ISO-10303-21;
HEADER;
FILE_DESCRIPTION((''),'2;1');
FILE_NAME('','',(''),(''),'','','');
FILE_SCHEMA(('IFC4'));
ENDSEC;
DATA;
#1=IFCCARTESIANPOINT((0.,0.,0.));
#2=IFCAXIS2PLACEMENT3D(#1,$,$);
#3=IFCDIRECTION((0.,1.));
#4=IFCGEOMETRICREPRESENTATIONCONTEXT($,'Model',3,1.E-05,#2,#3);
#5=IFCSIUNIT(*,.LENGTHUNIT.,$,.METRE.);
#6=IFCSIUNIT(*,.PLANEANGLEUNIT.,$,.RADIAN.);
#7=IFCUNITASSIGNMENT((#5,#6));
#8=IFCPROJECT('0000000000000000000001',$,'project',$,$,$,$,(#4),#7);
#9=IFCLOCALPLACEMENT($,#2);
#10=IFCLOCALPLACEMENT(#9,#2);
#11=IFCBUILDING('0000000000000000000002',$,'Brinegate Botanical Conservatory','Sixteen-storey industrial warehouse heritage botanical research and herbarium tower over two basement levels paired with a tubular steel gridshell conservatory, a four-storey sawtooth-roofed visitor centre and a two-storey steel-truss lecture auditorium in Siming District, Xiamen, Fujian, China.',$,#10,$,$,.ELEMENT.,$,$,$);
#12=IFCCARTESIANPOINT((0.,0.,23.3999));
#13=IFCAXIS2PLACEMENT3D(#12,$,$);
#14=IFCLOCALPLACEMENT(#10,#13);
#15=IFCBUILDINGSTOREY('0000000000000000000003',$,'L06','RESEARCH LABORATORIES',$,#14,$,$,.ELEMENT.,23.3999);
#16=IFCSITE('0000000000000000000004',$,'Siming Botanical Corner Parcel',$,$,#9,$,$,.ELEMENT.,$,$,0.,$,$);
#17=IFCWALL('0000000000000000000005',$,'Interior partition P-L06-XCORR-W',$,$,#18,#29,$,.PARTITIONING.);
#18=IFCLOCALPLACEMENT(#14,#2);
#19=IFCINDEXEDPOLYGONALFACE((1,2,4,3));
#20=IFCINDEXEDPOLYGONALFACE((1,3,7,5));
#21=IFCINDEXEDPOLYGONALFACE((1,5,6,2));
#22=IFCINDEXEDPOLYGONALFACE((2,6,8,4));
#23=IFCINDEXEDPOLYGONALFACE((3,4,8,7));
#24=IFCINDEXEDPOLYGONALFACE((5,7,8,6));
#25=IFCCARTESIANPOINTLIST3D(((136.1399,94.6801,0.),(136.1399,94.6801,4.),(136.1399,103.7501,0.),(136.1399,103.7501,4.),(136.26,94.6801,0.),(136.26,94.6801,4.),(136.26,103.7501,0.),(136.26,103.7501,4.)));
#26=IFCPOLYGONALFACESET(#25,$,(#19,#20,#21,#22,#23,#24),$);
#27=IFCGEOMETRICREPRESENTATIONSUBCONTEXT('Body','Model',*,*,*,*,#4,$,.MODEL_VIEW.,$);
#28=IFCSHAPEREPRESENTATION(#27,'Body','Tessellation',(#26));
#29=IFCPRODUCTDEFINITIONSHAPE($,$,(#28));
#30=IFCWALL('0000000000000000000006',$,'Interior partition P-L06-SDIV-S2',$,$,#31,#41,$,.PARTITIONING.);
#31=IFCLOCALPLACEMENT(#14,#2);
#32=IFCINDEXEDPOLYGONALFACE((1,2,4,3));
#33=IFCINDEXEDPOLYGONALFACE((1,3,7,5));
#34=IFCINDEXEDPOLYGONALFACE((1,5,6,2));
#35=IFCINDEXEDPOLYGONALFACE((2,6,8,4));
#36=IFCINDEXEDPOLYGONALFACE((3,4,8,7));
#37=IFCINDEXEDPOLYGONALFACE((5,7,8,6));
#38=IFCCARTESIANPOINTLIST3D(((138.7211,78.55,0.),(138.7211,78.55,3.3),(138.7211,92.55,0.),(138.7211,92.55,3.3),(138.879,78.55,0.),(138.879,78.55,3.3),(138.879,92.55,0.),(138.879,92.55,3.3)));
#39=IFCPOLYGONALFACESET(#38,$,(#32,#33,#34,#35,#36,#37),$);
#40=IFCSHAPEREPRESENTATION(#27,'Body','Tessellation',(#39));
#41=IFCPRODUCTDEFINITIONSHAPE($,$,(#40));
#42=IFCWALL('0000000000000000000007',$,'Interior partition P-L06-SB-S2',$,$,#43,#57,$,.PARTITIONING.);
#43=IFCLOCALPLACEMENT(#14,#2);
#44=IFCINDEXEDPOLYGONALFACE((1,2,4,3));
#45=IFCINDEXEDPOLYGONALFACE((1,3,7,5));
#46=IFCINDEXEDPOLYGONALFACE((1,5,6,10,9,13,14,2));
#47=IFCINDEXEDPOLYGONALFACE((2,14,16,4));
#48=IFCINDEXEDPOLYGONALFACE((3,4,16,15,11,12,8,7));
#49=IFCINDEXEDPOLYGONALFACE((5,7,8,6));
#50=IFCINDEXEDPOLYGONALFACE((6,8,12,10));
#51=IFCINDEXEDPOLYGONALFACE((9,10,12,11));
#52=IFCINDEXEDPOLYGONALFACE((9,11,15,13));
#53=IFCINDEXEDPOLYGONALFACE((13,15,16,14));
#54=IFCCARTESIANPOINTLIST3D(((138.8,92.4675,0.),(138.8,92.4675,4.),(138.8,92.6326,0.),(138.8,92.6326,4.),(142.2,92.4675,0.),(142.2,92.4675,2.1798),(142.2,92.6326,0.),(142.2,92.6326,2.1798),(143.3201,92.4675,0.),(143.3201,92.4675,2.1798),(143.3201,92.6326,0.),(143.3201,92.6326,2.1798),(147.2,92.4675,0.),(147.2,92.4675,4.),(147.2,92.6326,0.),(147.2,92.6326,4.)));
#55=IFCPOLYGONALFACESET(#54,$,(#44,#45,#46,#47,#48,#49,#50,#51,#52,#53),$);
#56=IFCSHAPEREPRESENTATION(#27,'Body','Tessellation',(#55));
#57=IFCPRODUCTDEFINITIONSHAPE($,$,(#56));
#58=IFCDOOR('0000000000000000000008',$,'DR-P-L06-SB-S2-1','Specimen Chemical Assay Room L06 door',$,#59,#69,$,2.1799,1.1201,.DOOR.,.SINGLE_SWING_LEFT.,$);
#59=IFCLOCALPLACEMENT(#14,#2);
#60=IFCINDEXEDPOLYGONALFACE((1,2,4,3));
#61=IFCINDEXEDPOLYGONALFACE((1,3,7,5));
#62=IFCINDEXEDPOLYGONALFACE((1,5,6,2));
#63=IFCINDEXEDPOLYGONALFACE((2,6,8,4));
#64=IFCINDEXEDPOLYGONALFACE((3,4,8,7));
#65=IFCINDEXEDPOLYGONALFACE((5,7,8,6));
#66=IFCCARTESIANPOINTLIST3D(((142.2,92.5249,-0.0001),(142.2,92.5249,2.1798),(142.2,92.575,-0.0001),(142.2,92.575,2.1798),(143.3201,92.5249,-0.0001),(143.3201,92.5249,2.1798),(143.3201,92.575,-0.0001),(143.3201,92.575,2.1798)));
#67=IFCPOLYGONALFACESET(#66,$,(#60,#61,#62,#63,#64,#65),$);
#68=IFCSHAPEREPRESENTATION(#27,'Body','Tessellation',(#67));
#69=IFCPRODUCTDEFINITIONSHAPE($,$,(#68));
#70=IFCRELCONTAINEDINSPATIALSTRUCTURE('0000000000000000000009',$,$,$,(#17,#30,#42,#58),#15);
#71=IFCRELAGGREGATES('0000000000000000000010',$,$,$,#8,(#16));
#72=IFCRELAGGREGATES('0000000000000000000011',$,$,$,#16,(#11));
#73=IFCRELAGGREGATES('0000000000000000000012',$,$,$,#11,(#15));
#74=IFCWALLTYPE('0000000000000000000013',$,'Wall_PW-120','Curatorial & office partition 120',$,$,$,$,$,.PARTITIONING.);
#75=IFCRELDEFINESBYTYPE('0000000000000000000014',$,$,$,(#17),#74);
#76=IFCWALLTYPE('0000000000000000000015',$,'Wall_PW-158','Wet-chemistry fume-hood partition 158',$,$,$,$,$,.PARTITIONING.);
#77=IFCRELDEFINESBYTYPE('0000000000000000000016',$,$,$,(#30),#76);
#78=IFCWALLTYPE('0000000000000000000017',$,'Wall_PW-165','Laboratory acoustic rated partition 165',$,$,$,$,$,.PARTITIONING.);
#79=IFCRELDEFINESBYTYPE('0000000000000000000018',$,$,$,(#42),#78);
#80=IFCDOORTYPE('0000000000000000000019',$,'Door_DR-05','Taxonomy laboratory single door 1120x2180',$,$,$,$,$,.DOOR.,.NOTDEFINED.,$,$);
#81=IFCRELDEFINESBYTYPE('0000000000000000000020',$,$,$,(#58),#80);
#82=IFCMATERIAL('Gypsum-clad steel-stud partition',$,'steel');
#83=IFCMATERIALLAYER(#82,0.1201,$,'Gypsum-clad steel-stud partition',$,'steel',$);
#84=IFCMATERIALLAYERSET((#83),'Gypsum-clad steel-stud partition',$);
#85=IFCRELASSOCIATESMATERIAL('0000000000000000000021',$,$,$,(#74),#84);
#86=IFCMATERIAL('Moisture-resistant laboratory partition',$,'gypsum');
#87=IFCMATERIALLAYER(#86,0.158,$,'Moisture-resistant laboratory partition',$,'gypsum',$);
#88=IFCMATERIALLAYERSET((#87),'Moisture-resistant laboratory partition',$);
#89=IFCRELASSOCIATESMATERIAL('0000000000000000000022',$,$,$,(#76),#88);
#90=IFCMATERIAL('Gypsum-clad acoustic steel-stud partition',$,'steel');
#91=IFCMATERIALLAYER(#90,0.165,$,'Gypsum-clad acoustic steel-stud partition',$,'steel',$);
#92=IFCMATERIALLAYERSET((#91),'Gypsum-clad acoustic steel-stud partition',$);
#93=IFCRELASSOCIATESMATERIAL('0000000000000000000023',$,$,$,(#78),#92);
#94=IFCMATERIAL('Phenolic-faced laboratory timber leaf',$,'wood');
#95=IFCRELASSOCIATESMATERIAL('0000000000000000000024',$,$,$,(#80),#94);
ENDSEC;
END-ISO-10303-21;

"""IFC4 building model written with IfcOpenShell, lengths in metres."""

from ifc_helpers import new_model, si_unit, direction, frame, frame_2d, origin, place, context, subcontext, project, spatial, rectangle, extrude, material, layer, layer_set, type_object, element, fill, save


model = new_model("IFC4")

# Units and contexts
model_context = context("Model", 3, precision=1e-05, world=origin(), true_north=direction((0.0, 1.0)))
body_context = subcontext(model_context, "Body", "Model", "MODEL_VIEW")
ifc_project = project(units=[si_unit("LENGTHUNIT", "METRE"), si_unit("PLANEANGLEUNIT", "RADIAN")], contexts=[model_context])

# Site, building, storey
site_placement = place(None, origin())
site = spatial("IfcSite", under=ifc_project, at=site_placement, Name="Siming Botanical Corner Parcel", CompositionType="ELEMENT", RefElevation=0.0)
building_placement = place(site_placement, origin())
building = spatial("IfcBuilding", under=site, at=building_placement, Name="Brinegate Botanical Conservatory", Description="Sixteen-storey industrial warehouse heritage botanical research and herbarium tower over two basement levels paired with a tubular steel gridshell conservatory, a four-storey sawtooth-roofed visitor centre and a two-storey steel-truss lecture auditorium in Siming District, Xiamen, Fujian, China.", CompositionType="ELEMENT")
storey_placement = place(building_placement, frame((0.0, 0.0, 23.3999)))
storey = spatial("IfcBuildingStorey", under=building, at=storey_placement, Name="L06", Description="RESEARCH LABORATORIES", CompositionType="ELEMENT", Elevation=23.3999)

# Walls
ifc_material_1 = material(Name="Gypsum-clad steel-stud partition", Category="steel")
ifc_layer_1 = layer(ifc_material_1, 0.1201, Name="Gypsum-clad steel-stud partition", Category="steel")
ifc_layer_set_1 = layer_set([ifc_layer_1], Name="Gypsum-clad steel-stud partition")
wall_type_1 = type_object("IfcWallType", Name="Wall_PW-120", Description="Curatorial & office partition 120", PredefinedType="PARTITIONING", material=ifc_layer_set_1)
wall_1_placement = place(storey_placement, frame((136.2, 94.6799, 0.0), z_axis=(0.0, 0.0, 1.0), x_axis=(0.0, 1.0, 0.0)))
element("IfcWall", 1, at=wall_1_placement, inside=storey, type_object=wall_type_1, Name="Interior partition P-L06-XCORR-W", PredefinedType="PARTITIONING", context=body_context, shape_type="SweptSolid", body=[
    extrude(rectangle(XDim=9.0701, YDim=0.1201, at=frame_2d((4.5352, 0.0))), origin(), (0.0, 0.0, 1.0), 4.0),
])
ifc_material_2 = material(Name="Moisture-resistant laboratory partition", Category="gypsum")
ifc_layer_2 = layer(ifc_material_2, 0.158, Name="Moisture-resistant laboratory partition", Category="gypsum")
ifc_layer_set_2 = layer_set([ifc_layer_2], Name="Moisture-resistant laboratory partition")
wall_type_2 = type_object("IfcWallType", Name="Wall_PW-158", Description="Wet-chemistry fume-hood partition 158", PredefinedType="PARTITIONING", material=ifc_layer_set_2)
wall_2_placement = place(storey_placement, frame((138.8, 78.55, 0.0), z_axis=(0.0, 0.0, 1.0), x_axis=(0.0, 1.0, 0.0)))
element("IfcWall", 2, at=wall_2_placement, inside=storey, type_object=wall_type_2, Name="Interior partition P-L06-SDIV-S2", PredefinedType="PARTITIONING", context=body_context, shape_type="SweptSolid", body=[
    extrude(rectangle(XDim=14.0, YDim=0.158, at=frame_2d((7.0, 0.0))), origin(), (0.0, 0.0, 1.0), 3.3),
])

# Wall, opening, door
ifc_material_3 = material(Name="Gypsum-clad acoustic steel-stud partition", Category="steel")
ifc_layer_3 = layer(ifc_material_3, 0.165, Name="Gypsum-clad acoustic steel-stud partition", Category="steel")
ifc_layer_set_3 = layer_set([ifc_layer_3], Name="Gypsum-clad acoustic steel-stud partition")
wall_type_3 = type_object("IfcWallType", Name="Wall_PW-165", Description="Laboratory acoustic rated partition 165", PredefinedType="PARTITIONING", material=ifc_layer_set_3)
wall_3_placement = place(storey_placement, frame((138.8, 92.55, 0.0), z_axis=(0.0, 0.0, 1.0), x_axis=(1.0, 0.0, 0.0)))
wall_3 = element("IfcWall", 3, at=wall_3_placement, inside=storey, type_object=wall_type_3, Name="Interior partition P-L06-SB-S2", PredefinedType="PARTITIONING", context=body_context, shape_type="SweptSolid", body=[
    extrude(rectangle(XDim=8.3999, YDim=0.165, at=frame_2d((4.2, 0.0))), origin(), (0.0, 0.0, 1.0), 4.0),
])
opening_1_placement = place(wall_3_placement, frame((3.3999, 0.0, 0.0)))
opening_1 = element("IfcOpeningElement", 4, at=opening_1_placement, cuts=wall_3, PredefinedType="OPENING", context=body_context, shape_type="SweptSolid", body=[
    extrude(rectangle(XDim=1.1201, YDim=2.1799, at=frame_2d((0.5601, 1.0898))), frame((0.0, 0.0925, 0.0), z_axis=(0.0, -1.0, 0.0), x_axis=(1.0, 0.0, 0.0)), (0.0, 0.0, 1.0), 0.1851),
])
ifc_material_4 = material(Name="Phenolic-faced laboratory timber leaf", Category="wood")
door_type_1 = type_object("IfcDoorType", Name="Door_DR-05", Description="Taxonomy laboratory single door 1120x2180", OperationType="NOTDEFINED", PredefinedType="DOOR", material=ifc_material_4)
door_1_placement = place(opening_1_placement, origin())
door_1 = element("IfcDoor", 5, at=door_1_placement, inside=storey, type_object=door_type_1, Name="DR-P-L06-SB-S2-1", Description="Specimen Chemical Assay Room L06 door", OperationType="SINGLE_SWING_LEFT", OverallHeight=2.1799, OverallWidth=1.1201, PredefinedType="DOOR", context=body_context, shape_type="SweptSolid", body=[
    extrude(rectangle(XDim=1.1201, YDim=2.1799, at=frame_2d((0.5601, 1.0898))), frame((0.0, 0.0249, 0.0), z_axis=(0.0, -1.0, 0.0), x_axis=(1.0, 0.0, 0.0)), (0.0, 0.0, 1.0), 0.05),
])
fill(opening_1, door_1)

save(model, "model.ifc")
